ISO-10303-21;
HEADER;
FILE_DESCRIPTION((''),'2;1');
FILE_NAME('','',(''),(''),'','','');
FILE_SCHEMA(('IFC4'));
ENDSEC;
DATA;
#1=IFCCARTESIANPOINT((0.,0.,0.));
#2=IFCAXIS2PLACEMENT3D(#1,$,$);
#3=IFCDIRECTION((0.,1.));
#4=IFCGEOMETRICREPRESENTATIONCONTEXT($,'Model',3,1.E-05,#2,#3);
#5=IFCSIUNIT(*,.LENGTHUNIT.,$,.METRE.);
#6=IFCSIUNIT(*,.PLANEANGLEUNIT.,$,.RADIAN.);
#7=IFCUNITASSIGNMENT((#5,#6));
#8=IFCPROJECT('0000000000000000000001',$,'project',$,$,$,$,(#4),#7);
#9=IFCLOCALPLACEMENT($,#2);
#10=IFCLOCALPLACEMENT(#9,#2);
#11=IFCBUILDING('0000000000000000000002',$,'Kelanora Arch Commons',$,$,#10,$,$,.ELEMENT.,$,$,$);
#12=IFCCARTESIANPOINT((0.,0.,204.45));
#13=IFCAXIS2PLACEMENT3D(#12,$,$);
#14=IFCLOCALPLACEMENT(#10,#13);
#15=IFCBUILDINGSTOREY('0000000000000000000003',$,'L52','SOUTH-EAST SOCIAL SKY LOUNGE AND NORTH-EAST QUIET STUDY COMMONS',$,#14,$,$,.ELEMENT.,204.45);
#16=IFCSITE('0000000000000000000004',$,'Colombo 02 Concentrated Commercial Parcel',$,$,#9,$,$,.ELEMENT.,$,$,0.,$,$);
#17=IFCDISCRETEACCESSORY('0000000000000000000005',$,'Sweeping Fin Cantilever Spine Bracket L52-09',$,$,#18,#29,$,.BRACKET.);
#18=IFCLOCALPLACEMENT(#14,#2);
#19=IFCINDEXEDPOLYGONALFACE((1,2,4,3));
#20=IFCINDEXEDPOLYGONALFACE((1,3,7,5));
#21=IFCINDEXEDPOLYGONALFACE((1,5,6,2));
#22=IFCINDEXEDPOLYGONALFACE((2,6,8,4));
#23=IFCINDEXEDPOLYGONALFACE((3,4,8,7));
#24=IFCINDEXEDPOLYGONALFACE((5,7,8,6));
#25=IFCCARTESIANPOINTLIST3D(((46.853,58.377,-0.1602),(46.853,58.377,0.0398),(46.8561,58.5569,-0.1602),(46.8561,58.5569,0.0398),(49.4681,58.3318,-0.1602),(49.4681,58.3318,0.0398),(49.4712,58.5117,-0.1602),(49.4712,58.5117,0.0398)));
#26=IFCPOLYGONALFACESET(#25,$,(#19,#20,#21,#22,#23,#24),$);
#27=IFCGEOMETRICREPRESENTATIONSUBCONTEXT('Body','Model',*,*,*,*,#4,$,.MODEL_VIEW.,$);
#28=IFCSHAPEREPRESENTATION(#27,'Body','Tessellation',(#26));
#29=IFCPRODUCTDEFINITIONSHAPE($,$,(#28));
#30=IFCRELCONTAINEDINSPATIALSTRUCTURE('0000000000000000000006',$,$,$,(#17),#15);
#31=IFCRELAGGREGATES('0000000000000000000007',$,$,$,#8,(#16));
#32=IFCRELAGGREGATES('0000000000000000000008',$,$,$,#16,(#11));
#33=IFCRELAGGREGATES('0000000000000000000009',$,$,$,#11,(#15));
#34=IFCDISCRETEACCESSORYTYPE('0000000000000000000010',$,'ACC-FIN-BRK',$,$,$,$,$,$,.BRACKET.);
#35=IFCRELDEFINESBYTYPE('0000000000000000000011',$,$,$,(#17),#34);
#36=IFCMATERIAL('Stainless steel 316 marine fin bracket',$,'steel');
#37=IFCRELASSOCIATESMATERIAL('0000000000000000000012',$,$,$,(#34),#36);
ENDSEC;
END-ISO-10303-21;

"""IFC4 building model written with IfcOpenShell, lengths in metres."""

from ifc_helpers import new_model, si_unit, direction, frame, origin, origin_2d, place, context, subcontext, project, spatial, rectangle, extrude, source, transform, mapped, material, type_object, element, save


model = new_model("IFC4")

# Units and contexts
model_context = context("Model", 3, precision=1e-05, world=origin(), true_north=direction((0.0, 1.0)))
body_context = subcontext(model_context, "Body", "Model", "MODEL_VIEW")
ifc_project = project(units=[si_unit("LENGTHUNIT", "METRE"), si_unit("PLANEANGLEUNIT", "RADIAN")], contexts=[model_context])

# Site, building, storey
site_placement = place(None, origin())
site = spatial("IfcSite", under=ifc_project, at=site_placement, Name="Colombo 02 Concentrated Commercial Parcel", CompositionType="ELEMENT", RefElevation=0.0)
building_placement = place(site_placement, origin())
building = spatial("IfcBuilding", under=site, at=building_placement, Name="Kelanora Arch Commons", CompositionType="ELEMENT")
storey_placement = place(building_placement, frame((0.0, 0.0, 204.45)))
storey = spatial("IfcBuildingStorey", under=building, at=storey_placement, Name="L52", Description="SOUTH-EAST SOCIAL SKY LOUNGE AND NORTH-EAST QUIET STUDY COMMONS", CompositionType="ELEMENT", Elevation=204.45)

# Discrete accessory
ifc_material_1 = material(Name="Stainless steel 316 marine fin bracket", Category="steel")
discrete_accessory_type = type_object("IfcDiscreteAccessoryType", Name="ACC-FIN-BRK", PredefinedType="BRACKET", material=ifc_material_1)
shared_shape_1 = source(origin(), body_context, "Body", "SweptSolid", [
    extrude(rectangle(XDim=2.6155, YDim=0.1799, at=origin_2d()), origin(), (0.0, 0.0, 1.0), 0.2),
])
discrete_accessory_placement = place(storey_placement, frame((48.1621, 58.4443, -0.1602), z_axis=(0.0, 0.0, 1.0), x_axis=(-0.999851, 0.017278, 0.0)))
element("IfcDiscreteAccessory", 1, at=discrete_accessory_placement, inside=storey, type_object=discrete_accessory_type, Name="Sweeping Fin Cantilever Spine Bracket L52-09", PredefinedType="BRACKET", context=body_context, shape_type="MappedRepresentation", body=[
    mapped(shared_shape_1, transform((0.0, 0.0, 0.0), scale=1.0)),
])

save(model, "model.ifc")
